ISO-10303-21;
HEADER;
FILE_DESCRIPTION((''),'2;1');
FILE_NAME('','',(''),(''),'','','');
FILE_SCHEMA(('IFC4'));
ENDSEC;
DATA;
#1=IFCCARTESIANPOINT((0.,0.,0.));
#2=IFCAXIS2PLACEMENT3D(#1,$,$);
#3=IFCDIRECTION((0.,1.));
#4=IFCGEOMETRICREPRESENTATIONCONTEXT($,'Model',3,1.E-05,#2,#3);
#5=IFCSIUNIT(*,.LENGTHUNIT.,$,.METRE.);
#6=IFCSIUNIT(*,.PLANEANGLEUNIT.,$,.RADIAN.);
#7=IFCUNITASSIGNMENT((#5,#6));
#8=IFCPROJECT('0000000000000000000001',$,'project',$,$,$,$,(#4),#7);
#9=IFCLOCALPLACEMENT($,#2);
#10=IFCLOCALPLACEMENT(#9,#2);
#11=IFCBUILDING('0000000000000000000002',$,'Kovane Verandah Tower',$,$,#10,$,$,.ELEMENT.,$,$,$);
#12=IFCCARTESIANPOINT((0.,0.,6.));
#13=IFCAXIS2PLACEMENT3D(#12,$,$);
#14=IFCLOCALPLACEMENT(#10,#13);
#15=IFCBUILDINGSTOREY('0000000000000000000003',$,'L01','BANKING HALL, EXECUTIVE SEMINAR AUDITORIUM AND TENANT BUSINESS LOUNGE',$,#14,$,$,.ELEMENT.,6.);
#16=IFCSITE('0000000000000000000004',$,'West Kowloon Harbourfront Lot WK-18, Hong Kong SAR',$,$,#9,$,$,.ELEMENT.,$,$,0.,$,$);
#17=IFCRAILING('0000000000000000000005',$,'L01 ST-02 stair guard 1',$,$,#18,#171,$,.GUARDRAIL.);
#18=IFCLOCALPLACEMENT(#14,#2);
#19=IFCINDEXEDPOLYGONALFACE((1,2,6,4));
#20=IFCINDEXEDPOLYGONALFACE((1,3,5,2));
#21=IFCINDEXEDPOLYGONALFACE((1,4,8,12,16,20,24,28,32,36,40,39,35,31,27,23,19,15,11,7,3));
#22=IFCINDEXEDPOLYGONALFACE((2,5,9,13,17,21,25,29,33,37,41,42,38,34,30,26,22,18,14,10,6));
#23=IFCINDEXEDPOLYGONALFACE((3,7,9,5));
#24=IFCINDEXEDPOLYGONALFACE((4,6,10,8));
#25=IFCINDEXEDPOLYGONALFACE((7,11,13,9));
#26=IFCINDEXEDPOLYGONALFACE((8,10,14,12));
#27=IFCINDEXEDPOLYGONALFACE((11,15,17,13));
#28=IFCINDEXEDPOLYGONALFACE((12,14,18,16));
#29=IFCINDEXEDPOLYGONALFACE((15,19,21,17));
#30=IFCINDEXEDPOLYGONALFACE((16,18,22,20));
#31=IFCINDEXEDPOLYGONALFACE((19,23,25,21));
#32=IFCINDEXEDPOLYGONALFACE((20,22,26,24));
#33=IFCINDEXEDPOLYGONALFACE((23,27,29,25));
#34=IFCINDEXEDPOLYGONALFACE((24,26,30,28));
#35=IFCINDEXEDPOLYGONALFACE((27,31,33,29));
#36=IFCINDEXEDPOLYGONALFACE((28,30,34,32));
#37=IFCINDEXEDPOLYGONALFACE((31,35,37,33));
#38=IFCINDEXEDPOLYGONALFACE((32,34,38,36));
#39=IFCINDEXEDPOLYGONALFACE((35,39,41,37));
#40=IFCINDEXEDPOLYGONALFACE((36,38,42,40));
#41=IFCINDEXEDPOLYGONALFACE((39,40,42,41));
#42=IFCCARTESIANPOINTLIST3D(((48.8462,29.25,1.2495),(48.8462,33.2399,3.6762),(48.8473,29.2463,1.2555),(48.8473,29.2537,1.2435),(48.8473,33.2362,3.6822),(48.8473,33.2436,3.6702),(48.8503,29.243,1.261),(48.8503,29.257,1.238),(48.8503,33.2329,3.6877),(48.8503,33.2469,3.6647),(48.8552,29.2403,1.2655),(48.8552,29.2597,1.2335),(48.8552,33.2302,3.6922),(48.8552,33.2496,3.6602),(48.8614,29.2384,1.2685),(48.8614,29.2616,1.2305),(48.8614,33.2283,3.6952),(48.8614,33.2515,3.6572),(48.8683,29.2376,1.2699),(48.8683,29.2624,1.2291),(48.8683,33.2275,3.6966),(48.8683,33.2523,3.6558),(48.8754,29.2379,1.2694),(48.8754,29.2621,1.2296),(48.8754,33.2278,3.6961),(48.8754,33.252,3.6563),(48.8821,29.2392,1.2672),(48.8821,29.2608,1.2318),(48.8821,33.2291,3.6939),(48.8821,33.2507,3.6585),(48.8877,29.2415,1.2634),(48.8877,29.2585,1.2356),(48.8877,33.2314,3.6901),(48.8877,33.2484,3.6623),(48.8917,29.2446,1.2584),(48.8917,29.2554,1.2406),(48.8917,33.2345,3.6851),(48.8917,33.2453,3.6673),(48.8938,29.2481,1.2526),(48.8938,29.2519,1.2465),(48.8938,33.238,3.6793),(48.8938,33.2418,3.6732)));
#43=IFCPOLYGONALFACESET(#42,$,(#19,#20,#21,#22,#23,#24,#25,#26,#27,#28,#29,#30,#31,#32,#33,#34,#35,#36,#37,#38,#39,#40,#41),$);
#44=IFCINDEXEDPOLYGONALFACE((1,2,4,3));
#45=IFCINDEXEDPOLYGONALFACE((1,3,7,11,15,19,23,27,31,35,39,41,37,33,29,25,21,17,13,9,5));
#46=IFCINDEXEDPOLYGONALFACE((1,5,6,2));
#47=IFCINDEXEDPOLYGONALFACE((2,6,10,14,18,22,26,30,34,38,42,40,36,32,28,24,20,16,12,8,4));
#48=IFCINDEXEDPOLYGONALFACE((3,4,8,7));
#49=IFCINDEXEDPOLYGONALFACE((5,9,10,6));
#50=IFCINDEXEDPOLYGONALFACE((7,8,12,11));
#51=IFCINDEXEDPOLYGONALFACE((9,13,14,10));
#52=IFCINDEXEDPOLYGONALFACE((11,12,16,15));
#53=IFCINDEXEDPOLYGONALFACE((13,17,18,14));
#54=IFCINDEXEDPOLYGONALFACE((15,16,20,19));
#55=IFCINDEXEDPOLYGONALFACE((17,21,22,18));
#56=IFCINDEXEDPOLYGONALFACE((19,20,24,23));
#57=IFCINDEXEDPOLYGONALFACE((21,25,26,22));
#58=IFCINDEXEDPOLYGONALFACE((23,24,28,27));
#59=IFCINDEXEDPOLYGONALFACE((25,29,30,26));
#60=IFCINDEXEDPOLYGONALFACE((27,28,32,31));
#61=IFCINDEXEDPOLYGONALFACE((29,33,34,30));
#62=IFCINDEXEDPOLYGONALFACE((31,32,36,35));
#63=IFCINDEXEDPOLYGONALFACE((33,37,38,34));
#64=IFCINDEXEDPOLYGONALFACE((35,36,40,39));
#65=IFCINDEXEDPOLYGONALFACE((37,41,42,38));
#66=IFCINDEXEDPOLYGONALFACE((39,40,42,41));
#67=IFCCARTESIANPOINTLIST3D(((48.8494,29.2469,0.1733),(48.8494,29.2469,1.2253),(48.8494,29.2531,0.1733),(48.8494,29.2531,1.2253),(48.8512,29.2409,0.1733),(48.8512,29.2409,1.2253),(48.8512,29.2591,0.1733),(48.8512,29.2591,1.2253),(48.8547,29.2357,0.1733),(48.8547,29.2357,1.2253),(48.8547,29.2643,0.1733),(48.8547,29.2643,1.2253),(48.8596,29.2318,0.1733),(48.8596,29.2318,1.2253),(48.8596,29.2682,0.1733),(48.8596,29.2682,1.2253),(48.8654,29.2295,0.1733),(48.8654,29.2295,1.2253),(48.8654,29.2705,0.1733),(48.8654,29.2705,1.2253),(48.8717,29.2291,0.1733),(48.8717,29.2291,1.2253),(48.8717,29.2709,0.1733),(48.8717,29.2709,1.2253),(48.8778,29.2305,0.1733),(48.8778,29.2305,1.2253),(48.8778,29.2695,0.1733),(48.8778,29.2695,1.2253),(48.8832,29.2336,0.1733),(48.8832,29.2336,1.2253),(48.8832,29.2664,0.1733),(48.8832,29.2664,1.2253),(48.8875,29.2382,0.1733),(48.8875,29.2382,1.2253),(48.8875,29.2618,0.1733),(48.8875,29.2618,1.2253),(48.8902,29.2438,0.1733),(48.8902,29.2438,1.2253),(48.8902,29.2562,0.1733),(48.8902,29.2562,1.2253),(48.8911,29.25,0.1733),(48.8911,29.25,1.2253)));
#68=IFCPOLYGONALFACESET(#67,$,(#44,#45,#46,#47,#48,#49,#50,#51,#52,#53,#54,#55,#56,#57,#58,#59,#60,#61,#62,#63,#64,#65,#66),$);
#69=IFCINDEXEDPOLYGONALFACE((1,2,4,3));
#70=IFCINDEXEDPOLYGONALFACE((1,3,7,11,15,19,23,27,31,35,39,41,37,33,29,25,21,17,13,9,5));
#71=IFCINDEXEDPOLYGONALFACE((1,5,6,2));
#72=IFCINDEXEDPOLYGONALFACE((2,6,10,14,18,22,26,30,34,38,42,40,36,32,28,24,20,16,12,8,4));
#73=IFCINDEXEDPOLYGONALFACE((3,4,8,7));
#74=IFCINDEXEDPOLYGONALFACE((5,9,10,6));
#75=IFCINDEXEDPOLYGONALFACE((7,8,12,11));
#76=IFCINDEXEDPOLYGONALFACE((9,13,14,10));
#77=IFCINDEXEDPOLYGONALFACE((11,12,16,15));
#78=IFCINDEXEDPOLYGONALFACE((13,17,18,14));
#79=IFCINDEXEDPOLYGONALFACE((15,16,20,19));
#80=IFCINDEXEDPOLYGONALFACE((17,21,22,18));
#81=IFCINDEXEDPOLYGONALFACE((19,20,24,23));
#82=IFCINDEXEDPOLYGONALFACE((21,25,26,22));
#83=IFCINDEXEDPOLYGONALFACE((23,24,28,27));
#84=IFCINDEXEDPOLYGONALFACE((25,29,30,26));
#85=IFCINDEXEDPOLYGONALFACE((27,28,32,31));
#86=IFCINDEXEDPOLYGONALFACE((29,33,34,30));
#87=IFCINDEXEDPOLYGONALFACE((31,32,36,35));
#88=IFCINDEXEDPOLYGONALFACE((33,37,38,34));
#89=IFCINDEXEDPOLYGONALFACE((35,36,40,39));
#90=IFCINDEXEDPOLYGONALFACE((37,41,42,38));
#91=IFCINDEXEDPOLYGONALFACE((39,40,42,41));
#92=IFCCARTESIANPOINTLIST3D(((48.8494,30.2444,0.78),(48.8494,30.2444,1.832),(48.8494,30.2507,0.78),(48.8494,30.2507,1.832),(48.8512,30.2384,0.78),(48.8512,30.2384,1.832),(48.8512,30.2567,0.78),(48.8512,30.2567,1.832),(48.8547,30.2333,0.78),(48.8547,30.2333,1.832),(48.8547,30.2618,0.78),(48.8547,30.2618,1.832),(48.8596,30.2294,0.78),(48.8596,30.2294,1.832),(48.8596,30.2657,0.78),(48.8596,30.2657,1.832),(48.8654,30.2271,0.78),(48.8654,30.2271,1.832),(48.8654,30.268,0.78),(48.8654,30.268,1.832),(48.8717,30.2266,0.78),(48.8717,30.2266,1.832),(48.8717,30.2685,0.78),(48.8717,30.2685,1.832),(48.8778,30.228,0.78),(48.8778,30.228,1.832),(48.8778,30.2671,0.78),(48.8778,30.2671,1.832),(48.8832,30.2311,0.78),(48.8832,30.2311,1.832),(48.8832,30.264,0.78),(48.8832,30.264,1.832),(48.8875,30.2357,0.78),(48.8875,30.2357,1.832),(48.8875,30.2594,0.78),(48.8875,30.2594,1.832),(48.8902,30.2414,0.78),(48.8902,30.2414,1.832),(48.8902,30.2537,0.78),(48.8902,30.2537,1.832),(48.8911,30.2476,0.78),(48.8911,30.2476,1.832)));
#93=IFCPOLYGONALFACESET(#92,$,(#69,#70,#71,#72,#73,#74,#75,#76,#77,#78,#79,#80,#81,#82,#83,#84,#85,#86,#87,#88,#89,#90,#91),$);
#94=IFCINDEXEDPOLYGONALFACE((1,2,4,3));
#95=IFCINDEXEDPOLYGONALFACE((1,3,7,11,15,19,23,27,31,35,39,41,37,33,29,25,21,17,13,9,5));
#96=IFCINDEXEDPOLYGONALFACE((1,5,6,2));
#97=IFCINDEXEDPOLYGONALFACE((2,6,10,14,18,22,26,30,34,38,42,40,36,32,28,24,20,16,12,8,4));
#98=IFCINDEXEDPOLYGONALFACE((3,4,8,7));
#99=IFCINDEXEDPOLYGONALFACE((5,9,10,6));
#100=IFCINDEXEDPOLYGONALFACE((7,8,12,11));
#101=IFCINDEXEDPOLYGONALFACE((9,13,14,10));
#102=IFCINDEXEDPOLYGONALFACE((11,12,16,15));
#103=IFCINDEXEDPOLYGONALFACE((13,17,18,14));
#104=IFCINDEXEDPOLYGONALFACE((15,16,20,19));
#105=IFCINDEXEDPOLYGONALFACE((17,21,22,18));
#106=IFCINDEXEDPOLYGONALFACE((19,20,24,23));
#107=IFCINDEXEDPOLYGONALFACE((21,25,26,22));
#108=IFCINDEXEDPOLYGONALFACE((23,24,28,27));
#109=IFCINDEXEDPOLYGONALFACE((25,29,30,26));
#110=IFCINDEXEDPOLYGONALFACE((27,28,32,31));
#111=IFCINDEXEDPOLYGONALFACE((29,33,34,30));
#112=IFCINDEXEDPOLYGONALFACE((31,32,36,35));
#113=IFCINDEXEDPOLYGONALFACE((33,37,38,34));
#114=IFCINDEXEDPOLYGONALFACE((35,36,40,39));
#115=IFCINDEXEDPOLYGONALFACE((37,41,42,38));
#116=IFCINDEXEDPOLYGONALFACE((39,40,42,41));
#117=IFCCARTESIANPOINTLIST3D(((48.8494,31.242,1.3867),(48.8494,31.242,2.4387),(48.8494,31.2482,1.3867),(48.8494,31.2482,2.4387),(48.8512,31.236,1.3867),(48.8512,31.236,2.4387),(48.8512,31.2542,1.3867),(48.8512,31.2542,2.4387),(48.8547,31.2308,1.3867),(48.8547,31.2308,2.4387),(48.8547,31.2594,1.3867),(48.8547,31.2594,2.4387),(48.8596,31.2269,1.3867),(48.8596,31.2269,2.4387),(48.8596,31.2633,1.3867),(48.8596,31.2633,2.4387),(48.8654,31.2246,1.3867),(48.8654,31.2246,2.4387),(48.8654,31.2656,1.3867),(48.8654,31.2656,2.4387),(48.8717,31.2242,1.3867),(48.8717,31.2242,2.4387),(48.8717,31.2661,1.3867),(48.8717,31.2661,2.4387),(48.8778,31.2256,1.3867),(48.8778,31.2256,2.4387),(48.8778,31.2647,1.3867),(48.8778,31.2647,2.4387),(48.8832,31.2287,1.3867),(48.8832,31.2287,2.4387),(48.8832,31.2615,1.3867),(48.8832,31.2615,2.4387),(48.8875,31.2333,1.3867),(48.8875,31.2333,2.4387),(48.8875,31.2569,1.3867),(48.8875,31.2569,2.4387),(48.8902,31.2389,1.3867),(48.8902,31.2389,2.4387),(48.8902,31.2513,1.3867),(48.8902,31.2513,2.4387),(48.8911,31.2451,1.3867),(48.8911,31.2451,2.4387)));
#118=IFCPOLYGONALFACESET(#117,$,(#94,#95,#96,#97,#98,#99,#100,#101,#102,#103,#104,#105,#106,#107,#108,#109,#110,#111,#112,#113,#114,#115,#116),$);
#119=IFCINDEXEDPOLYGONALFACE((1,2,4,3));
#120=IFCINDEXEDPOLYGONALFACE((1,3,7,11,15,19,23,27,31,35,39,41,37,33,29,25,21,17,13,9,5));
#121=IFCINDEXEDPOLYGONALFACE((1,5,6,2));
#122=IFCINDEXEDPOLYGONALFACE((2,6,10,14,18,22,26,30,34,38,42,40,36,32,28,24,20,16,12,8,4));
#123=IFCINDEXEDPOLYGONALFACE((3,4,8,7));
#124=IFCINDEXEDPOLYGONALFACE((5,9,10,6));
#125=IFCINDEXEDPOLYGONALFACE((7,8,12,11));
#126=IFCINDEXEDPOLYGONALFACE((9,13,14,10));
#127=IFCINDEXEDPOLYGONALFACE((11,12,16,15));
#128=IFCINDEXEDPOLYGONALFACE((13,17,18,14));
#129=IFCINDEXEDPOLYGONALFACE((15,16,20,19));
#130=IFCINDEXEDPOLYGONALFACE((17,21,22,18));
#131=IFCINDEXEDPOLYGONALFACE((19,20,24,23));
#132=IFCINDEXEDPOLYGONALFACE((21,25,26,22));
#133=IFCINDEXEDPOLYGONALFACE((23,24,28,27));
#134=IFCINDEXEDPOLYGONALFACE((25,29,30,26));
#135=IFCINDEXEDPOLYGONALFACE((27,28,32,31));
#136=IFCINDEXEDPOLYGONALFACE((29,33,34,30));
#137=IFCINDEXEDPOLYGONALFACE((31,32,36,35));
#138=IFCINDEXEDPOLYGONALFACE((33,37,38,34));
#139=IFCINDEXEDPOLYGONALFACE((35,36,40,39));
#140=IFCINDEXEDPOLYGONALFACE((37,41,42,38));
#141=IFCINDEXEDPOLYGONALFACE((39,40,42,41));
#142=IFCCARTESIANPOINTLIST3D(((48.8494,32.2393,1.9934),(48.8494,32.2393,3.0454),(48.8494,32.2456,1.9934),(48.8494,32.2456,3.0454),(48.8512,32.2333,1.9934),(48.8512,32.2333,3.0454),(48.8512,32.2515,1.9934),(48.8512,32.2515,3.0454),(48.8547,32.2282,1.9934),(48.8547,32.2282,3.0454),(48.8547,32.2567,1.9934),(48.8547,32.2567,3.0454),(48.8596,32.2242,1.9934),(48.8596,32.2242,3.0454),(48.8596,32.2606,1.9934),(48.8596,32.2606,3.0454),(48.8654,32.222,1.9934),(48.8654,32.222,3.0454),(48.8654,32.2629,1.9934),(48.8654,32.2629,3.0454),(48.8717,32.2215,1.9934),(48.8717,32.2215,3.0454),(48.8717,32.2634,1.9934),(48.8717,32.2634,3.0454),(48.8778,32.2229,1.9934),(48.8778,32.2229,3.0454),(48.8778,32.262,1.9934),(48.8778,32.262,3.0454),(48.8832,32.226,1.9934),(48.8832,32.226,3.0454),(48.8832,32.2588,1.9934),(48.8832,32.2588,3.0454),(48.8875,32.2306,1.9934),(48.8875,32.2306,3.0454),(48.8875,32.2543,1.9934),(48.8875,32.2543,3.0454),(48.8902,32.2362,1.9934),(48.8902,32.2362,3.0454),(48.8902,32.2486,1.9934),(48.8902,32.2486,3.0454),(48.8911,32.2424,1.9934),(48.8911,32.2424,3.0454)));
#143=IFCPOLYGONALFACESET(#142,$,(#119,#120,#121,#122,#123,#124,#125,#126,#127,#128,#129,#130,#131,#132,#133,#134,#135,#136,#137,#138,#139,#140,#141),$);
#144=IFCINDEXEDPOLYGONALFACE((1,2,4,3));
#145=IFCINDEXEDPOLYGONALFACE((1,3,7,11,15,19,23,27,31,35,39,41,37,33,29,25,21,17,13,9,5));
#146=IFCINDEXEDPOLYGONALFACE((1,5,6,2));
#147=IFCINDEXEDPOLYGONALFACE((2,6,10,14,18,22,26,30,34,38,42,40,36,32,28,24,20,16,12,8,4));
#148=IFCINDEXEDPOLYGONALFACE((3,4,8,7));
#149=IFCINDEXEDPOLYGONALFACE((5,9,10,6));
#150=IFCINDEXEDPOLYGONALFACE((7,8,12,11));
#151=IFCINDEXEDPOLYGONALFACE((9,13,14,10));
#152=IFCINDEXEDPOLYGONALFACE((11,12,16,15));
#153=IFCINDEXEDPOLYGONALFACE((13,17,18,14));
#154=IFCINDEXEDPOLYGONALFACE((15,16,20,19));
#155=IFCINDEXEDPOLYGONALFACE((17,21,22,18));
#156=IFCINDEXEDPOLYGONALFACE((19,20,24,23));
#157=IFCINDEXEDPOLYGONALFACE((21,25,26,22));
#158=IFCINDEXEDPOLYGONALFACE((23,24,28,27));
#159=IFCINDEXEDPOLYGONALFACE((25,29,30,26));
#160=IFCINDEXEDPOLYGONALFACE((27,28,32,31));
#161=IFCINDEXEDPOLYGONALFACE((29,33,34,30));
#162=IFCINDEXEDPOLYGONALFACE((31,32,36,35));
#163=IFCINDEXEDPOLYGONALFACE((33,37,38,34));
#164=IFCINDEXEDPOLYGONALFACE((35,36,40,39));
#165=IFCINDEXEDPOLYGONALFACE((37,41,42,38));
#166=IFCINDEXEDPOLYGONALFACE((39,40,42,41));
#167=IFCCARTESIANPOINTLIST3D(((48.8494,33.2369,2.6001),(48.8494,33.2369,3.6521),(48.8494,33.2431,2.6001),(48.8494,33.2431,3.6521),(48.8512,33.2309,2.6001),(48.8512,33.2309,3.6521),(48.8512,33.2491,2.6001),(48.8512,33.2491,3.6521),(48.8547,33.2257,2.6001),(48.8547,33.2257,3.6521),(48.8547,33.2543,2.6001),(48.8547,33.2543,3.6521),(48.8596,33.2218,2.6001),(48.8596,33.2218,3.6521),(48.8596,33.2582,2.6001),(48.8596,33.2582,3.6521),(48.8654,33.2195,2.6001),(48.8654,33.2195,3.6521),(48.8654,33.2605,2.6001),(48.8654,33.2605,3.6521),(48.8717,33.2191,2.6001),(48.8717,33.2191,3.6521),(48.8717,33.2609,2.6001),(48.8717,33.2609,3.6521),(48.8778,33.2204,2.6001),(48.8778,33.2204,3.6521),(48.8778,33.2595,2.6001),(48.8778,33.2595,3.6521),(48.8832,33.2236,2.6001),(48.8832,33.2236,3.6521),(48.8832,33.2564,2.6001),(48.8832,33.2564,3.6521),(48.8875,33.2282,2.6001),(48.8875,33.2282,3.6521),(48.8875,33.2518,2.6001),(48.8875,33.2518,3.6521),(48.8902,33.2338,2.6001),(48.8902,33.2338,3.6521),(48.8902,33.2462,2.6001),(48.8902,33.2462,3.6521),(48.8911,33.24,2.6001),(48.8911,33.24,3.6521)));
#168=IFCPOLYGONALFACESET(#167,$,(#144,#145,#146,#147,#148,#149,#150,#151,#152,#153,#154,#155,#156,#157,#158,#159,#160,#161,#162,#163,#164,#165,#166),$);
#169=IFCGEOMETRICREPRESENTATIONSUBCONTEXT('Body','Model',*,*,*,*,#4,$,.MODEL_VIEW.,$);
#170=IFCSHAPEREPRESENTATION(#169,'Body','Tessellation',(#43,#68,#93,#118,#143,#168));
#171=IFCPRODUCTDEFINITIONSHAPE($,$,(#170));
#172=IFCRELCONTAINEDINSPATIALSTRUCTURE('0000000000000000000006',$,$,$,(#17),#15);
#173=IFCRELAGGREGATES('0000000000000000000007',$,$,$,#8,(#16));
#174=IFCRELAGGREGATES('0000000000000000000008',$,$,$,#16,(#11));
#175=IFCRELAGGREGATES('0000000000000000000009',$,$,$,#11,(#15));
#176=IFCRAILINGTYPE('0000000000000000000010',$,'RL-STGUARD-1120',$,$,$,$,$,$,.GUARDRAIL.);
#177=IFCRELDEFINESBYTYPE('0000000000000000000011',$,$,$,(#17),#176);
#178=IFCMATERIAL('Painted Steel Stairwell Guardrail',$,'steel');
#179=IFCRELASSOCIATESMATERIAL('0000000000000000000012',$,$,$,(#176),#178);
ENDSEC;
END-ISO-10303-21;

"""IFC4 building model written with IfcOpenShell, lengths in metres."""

from ifc_helpers import new_model, si_unit, direction, frame, origin, origin_2d, place, context, subcontext, project, spatial, circle, extrude, material, type_object, element, save


model = new_model("IFC4")

# Units and contexts
model_context = context("Model", 3, precision=1e-05, world=origin(), true_north=direction((0.0, 1.0)))
body_context = subcontext(model_context, "Body", "Model", "MODEL_VIEW")
ifc_project = project(units=[si_unit("LENGTHUNIT", "METRE"), si_unit("PLANEANGLEUNIT", "RADIAN")], contexts=[model_context])

# Site, building, storey
site_placement = place(None, origin())
site = spatial("IfcSite", under=ifc_project, at=site_placement, Name="West Kowloon Harbourfront Lot WK-18, Hong Kong SAR", CompositionType="ELEMENT", RefElevation=0.0)
building_placement = place(site_placement, origin())
building = spatial("IfcBuilding", under=site, at=building_placement, Name="Kovane Verandah Tower", CompositionType="ELEMENT")
storey_placement = place(building_placement, frame((0.0, 0.0, 6.0)))
storey = spatial("IfcBuildingStorey", under=building, at=storey_placement, Name="L01", Description="BANKING HALL, EXECUTIVE SEMINAR AUDITORIUM AND TENANT BUSINESS LOUNGE", CompositionType="ELEMENT", Elevation=6.0)

# Railing
ifc_material_1 = material(Name="Painted Steel Stairwell Guardrail", Category="steel")
railing_type_1 = type_object("IfcRailingType", Name="RL-STGUARD-1120", PredefinedType="GUARDRAIL", material=ifc_material_1)
railing_1_placement = place(storey_placement, frame((48.8701, 29.25, 0.1733)))
element("IfcRailing", 1, at=railing_1_placement, inside=storey, type_object=railing_type_1, Name="L01 ST-02 stair guard 1", PredefinedType="GUARDRAIL", context=body_context, shape_type="SweptSolid", body=[
    extrude(circle(Radius=0.0239, at=origin_2d()), frame((0.0, 0.0, 1.0762), z_axis=(0.0, 0.854382, 0.519645), x_axis=(-1.0, 0.0, 0.0)), (0.0, 0.0, 1.0), 4.6699),
    extrude(circle(Radius=0.021, at=origin_2d()), origin(), (0.0, 0.0, 1.0), 1.052),
    extrude(circle(Radius=0.021, at=origin_2d()), frame((0.0, 0.9976, 0.6067)), (0.0, 0.0, 1.0), 1.052),
    extrude(circle(Radius=0.021, at=origin_2d()), frame((0.0, 1.9951, 1.2134)), (0.0, 0.0, 1.0), 1.052),
    extrude(circle(Radius=0.021, at=origin_2d()), frame((0.0, 2.9924, 1.8201)), (0.0, 0.0, 1.0), 1.052),
    extrude(circle(Radius=0.021, at=origin_2d()), frame((0.0, 3.99, 2.4268)), (0.0, 0.0, 1.0), 1.052),
])

save(model, "model.ifc")
